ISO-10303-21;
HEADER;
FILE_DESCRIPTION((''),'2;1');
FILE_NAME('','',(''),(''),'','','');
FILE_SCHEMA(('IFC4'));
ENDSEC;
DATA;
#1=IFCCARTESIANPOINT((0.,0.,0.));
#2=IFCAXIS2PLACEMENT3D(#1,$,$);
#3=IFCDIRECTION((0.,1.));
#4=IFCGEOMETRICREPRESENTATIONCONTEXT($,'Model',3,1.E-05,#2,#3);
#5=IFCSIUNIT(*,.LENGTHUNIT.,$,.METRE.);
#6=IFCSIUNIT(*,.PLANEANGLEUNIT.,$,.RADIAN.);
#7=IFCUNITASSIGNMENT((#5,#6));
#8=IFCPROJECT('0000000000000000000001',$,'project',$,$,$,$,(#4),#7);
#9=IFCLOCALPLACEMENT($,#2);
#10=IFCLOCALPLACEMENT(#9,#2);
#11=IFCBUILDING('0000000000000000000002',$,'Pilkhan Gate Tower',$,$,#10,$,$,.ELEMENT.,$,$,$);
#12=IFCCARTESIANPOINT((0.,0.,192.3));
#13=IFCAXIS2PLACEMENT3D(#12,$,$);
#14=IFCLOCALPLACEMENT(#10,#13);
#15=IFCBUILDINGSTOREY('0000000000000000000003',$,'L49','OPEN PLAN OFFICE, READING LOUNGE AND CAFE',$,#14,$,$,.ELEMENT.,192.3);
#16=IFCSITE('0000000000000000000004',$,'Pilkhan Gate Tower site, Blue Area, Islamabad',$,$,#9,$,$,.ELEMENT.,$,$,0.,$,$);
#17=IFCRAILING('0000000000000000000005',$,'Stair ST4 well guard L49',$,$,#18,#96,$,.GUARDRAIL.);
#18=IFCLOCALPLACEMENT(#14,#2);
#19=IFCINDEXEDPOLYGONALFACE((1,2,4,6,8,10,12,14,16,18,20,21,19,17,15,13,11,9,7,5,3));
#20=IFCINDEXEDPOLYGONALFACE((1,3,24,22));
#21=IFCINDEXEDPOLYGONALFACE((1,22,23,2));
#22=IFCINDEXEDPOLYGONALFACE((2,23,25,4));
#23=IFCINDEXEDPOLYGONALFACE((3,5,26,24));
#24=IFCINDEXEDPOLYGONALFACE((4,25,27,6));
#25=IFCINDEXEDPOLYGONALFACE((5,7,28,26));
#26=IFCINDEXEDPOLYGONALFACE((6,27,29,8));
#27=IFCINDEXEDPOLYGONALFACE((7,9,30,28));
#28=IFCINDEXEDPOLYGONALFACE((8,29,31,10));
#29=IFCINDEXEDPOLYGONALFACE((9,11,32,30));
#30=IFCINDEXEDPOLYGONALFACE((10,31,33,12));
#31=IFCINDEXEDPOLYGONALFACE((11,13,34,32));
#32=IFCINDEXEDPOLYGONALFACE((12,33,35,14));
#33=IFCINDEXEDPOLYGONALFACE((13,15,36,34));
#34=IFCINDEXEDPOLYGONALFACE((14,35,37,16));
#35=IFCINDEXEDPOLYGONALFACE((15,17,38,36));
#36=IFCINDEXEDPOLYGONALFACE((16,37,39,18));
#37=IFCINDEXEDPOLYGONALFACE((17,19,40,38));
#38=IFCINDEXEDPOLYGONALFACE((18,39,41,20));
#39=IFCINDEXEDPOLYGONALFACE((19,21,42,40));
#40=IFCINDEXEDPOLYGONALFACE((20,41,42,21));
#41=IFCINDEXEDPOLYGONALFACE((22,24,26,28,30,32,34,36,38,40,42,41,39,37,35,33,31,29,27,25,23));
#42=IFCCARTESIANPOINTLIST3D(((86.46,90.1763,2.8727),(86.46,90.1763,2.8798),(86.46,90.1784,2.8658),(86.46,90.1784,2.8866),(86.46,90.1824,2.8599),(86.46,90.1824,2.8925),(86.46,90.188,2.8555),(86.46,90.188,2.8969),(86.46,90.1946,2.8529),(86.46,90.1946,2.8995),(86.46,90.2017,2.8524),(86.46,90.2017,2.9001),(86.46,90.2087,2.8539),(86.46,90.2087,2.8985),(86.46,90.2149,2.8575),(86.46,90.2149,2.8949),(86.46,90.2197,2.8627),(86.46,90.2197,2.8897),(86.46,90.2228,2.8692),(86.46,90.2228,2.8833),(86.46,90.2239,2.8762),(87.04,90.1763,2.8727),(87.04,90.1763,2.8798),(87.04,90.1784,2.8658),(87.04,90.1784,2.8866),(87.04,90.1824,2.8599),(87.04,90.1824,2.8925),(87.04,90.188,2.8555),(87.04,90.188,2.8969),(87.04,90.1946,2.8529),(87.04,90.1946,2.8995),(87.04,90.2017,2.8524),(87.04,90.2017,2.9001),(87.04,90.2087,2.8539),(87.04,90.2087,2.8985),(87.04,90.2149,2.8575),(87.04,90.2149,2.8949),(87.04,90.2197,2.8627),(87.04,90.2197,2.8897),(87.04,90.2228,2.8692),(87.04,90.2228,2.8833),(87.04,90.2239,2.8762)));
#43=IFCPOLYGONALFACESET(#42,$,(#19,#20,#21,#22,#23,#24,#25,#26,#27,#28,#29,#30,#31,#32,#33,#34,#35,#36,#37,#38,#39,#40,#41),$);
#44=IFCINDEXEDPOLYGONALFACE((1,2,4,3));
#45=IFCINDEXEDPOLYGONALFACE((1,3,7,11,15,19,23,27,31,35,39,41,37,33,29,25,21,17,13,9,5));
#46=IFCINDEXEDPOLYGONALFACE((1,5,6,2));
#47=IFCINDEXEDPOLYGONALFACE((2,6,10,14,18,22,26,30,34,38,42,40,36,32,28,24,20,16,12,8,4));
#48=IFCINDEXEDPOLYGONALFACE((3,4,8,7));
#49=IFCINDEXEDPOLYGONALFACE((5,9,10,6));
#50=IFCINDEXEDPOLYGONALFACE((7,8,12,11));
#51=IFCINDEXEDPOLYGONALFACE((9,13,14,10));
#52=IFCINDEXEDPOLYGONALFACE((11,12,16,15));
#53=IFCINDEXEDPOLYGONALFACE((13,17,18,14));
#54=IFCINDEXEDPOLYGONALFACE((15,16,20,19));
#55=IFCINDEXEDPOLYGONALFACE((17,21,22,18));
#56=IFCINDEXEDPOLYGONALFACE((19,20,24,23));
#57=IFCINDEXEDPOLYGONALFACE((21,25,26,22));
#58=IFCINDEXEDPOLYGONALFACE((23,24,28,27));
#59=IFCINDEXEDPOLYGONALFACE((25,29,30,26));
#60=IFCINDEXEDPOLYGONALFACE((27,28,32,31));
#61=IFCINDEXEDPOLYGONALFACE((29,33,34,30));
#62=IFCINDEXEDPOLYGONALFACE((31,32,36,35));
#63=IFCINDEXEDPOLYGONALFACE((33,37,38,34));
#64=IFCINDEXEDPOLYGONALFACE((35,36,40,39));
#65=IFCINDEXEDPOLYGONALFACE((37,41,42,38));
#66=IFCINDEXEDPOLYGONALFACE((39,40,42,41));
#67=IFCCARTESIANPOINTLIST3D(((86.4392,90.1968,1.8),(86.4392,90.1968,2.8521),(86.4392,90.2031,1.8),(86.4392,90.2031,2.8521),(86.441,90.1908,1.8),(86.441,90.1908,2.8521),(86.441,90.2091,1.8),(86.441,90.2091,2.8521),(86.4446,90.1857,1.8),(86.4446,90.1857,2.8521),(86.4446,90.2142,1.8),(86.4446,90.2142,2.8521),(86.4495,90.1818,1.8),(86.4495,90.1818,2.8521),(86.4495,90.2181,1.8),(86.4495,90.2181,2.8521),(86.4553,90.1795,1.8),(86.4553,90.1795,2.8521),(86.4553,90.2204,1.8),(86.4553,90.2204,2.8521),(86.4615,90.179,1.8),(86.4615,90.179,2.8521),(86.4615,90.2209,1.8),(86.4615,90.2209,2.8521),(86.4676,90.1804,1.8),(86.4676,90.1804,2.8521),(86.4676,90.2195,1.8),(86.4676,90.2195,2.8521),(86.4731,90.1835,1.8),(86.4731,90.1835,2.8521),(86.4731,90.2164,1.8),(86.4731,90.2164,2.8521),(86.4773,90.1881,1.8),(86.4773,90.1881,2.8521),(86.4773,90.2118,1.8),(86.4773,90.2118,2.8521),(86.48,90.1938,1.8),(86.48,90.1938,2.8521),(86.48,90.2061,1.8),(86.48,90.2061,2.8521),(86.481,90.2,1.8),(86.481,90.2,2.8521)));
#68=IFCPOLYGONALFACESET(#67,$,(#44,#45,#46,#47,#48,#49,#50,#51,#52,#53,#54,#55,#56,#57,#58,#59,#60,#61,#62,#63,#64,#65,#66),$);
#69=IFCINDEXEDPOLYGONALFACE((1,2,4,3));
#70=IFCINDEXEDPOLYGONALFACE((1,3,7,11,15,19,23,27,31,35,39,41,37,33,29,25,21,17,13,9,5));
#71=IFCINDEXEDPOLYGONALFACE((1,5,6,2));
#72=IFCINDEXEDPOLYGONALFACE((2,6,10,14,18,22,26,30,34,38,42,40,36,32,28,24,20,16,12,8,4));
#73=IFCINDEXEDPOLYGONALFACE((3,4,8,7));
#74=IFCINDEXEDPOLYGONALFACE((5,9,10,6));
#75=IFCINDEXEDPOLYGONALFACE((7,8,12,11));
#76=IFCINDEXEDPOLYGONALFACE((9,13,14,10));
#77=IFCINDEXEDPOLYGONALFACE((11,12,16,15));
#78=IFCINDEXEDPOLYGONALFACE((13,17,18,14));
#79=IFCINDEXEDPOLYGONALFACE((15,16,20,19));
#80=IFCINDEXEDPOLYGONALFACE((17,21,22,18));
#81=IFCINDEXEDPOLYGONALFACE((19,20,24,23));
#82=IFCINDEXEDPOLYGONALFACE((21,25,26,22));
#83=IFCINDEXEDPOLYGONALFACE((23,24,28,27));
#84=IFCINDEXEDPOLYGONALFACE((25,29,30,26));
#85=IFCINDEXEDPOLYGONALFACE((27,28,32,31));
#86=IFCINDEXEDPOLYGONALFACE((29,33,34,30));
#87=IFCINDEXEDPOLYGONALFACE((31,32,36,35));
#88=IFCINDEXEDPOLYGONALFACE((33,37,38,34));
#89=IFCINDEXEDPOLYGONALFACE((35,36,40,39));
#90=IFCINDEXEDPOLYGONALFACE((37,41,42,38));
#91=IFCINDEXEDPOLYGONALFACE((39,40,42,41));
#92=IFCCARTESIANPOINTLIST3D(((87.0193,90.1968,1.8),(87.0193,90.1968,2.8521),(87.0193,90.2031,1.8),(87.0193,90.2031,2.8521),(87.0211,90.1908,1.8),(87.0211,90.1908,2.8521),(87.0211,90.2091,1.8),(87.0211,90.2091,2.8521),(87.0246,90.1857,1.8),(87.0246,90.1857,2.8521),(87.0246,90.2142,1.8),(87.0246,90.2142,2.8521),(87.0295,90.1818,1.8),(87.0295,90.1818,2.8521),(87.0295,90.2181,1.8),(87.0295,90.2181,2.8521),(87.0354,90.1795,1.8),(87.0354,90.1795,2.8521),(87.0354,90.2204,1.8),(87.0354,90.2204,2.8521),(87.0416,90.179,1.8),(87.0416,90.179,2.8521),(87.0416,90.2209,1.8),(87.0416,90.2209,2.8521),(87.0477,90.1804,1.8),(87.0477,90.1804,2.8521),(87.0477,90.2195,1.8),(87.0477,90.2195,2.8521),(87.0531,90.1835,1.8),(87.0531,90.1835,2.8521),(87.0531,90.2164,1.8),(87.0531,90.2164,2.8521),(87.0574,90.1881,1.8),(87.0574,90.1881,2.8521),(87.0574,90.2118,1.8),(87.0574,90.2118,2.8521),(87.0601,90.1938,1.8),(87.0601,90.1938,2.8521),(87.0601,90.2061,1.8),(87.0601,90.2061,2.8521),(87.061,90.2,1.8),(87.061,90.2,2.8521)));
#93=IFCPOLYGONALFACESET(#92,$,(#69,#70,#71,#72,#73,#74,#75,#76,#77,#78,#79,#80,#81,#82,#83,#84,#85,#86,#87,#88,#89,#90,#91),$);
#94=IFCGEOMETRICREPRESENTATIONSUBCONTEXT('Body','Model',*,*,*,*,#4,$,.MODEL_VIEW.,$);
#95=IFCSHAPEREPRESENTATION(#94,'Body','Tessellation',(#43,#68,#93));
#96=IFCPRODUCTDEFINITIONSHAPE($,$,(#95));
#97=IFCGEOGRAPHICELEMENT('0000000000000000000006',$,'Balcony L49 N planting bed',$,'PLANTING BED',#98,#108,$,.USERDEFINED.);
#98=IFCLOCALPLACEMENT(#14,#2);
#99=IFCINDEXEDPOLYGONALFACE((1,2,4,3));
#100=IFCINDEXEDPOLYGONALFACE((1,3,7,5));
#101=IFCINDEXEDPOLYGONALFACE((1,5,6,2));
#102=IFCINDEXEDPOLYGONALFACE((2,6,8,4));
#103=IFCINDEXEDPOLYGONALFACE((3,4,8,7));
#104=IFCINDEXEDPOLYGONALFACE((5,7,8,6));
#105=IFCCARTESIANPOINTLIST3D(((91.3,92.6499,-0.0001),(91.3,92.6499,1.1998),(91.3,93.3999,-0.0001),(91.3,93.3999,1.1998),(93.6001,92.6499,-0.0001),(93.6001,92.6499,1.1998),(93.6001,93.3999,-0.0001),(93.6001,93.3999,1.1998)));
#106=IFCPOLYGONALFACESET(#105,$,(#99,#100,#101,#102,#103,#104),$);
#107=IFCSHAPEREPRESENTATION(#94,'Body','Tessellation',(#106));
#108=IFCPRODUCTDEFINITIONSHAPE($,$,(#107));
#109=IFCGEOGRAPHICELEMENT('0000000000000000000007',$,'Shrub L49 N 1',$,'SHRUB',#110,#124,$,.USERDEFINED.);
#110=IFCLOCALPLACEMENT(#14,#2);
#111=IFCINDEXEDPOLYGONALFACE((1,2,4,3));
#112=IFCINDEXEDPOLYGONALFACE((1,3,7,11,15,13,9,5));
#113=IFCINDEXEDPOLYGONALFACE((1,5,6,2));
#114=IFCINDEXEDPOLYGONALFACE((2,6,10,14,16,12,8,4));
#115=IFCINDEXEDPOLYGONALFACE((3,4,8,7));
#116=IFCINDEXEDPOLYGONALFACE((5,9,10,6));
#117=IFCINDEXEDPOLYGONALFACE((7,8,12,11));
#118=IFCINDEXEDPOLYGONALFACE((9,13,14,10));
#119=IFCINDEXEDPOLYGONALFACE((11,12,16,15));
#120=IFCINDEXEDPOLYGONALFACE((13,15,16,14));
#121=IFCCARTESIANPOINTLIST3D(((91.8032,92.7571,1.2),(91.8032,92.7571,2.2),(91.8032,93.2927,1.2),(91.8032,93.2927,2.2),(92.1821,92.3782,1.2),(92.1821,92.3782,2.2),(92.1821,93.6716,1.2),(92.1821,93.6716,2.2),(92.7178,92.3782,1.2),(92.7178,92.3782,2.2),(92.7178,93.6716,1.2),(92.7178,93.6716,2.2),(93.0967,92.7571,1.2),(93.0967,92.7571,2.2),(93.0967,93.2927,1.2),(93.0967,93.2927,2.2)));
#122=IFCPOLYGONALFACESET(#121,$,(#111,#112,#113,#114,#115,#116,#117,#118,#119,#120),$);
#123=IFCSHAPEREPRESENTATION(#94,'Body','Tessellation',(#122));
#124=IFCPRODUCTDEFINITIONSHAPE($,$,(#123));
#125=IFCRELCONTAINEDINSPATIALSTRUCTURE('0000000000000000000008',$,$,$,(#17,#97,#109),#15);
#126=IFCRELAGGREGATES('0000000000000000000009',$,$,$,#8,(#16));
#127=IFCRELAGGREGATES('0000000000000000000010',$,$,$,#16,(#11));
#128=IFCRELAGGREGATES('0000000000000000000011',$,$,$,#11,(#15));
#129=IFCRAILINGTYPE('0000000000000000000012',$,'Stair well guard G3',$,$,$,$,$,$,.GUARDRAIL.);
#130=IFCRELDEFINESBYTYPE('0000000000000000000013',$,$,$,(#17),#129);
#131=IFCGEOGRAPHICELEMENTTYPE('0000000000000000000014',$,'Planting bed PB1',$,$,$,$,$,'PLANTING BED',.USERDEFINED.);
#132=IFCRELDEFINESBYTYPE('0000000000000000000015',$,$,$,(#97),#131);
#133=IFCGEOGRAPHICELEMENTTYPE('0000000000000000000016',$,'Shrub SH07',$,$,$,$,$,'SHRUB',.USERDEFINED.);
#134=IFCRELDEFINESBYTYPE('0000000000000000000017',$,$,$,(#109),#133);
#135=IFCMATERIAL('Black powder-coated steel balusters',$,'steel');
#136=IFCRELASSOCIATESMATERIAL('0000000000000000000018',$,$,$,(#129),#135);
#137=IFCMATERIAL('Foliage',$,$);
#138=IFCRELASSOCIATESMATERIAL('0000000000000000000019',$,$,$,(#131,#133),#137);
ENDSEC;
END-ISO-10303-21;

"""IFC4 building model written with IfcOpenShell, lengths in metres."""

from ifc_helpers import new_model, si_unit, direction, frame, origin, origin_2d, place, context, subcontext, project, spatial, polyline, rectangle, circle, outline, extrude, material, material_profile, profile_set, type_object, element, save


model = new_model("IFC4")

# Units and contexts
model_context = context("Model", 3, precision=1e-05, world=origin(), true_north=direction((0.0, 1.0)))
body_context = subcontext(model_context, "Body", "Model", "MODEL_VIEW")
ifc_project = project(units=[si_unit("LENGTHUNIT", "METRE"), si_unit("PLANEANGLEUNIT", "RADIAN")], contexts=[model_context])

# Site, building, storey
site_placement = place(None, origin())
site = spatial("IfcSite", under=ifc_project, at=site_placement, Name="Pilkhan Gate Tower site, Blue Area, Islamabad", CompositionType="ELEMENT", RefElevation=0.0)
building_placement = place(site_placement, origin())
building = spatial("IfcBuilding", under=site, at=building_placement, Name="Pilkhan Gate Tower", CompositionType="ELEMENT")
storey_placement = place(building_placement, frame((0.0, 0.0, 192.3)))
storey = spatial("IfcBuildingStorey", under=building, at=storey_placement, Name="L49", Description="OPEN PLAN OFFICE, READING LOUNGE AND CAFE", CompositionType="ELEMENT", Elevation=192.3)

# Railing
ifc_material_1 = material(Name="Black powder-coated steel balusters", Category="steel")
railing_type_1 = type_object("IfcRailingType", Name="Stair well guard G3", PredefinedType="GUARDRAIL", material=ifc_material_1)
for number, where, name in (
    (1, (86.46, 90.2, 1.8), "Stair ST4 well guard L49"),
):
    element("IfcRailing", number, at=place(storey_placement, frame(where)), inside=storey, type_object=railing_type_1, Name=name, PredefinedType="GUARDRAIL", context=body_context, shape_type="SweptSolid", body=[
        extrude(circle(Radius=0.0239, at=origin_2d()), frame((0.0, 0.0, 1.0762), z_axis=(1.0, 0.0, 0.0), x_axis=(0.0, 1.0, 0.0)), (0.0, 0.0, 1.0), 0.5801),
        extrude(circle(Radius=0.021, at=origin_2d()), origin(), (0.0, 0.0, 1.0), 1.052),
        extrude(circle(Radius=0.021, at=origin_2d()), frame((0.5801, 0.0, 0.0)), (0.0, 0.0, 1.0), 1.052),
    ])

# Geographic elements
ifc_material_2 = material(Name="Foliage")
ifc_material_profile_1 = material_profile(ifc_material_2, rectangle(XDim=0.75, YDim=1.2, at=origin_2d()), Name="Bed 750x1200")
ifc_profile_set_1 = profile_set([ifc_material_profile_1], Name="Foliage")
geographic_element_type_1 = type_object("IfcGeographicElementType", Name="Planting bed PB1", ElementType="PLANTING BED", PredefinedType="USERDEFINED", material=ifc_profile_set_1)
geographic_element_1_placement = place(storey_placement, frame((91.3, 93.0249, 0.5999), z_axis=(1.0, 0.0, 0.0), x_axis=(0.0, 1.0, 0.0)))
element("IfcGeographicElement", 2, at=geographic_element_1_placement, inside=storey, type_object=geographic_element_type_1, Name="Balcony L49 N planting bed", ObjectType="PLANTING BED", PredefinedType="USERDEFINED", context=body_context, shape_type="SweptSolid", body=[
    extrude(rectangle(XDim=0.75, YDim=1.2, at=origin_2d()), origin(), (0.0, 0.0, 1.0), 2.3),
])
ifc_material_profile_2 = material_profile(ifc_material_2, outline(polyline([(0.6467, 0.2678), (0.2678, 0.6467), (-0.2678, 0.6467), (-0.6467, 0.2678), (-0.6467, -0.2678), (-0.2678, -0.6467), (0.2678, -0.6467), (0.6467, -0.2678), (0.6467, 0.2678)])), Name="Shrub D1.4")
ifc_profile_set_2 = profile_set([ifc_material_profile_2], Name="Foliage")
geographic_element_type_2 = type_object("IfcGeographicElementType", Name="Shrub SH07", ElementType="SHRUB", PredefinedType="USERDEFINED", material=ifc_profile_set_2)
geographic_element_2_placement = place(storey_placement, frame((92.45, 93.0249, 1.2), z_axis=(0.0, 0.0, 1.0), x_axis=(1.0, 0.0, 0.0)))
element("IfcGeographicElement", 3, at=geographic_element_2_placement, inside=storey, type_object=geographic_element_type_2, Name="Shrub L49 N 1", ObjectType="SHRUB", PredefinedType="USERDEFINED", context=body_context, shape_type="SweptSolid", body=[
    extrude(outline(polyline([(0.6467, 0.2678), (0.2678, 0.6467), (-0.2678, 0.6467), (-0.6467, 0.2678), (-0.6467, -0.2678), (-0.2678, -0.6467), (0.2678, -0.6467), (0.6467, -0.2678), (0.6467, 0.2678)])), origin(), (0.0, 0.0, 1.0), 1.0),
])

save(model, "model.ifc")
